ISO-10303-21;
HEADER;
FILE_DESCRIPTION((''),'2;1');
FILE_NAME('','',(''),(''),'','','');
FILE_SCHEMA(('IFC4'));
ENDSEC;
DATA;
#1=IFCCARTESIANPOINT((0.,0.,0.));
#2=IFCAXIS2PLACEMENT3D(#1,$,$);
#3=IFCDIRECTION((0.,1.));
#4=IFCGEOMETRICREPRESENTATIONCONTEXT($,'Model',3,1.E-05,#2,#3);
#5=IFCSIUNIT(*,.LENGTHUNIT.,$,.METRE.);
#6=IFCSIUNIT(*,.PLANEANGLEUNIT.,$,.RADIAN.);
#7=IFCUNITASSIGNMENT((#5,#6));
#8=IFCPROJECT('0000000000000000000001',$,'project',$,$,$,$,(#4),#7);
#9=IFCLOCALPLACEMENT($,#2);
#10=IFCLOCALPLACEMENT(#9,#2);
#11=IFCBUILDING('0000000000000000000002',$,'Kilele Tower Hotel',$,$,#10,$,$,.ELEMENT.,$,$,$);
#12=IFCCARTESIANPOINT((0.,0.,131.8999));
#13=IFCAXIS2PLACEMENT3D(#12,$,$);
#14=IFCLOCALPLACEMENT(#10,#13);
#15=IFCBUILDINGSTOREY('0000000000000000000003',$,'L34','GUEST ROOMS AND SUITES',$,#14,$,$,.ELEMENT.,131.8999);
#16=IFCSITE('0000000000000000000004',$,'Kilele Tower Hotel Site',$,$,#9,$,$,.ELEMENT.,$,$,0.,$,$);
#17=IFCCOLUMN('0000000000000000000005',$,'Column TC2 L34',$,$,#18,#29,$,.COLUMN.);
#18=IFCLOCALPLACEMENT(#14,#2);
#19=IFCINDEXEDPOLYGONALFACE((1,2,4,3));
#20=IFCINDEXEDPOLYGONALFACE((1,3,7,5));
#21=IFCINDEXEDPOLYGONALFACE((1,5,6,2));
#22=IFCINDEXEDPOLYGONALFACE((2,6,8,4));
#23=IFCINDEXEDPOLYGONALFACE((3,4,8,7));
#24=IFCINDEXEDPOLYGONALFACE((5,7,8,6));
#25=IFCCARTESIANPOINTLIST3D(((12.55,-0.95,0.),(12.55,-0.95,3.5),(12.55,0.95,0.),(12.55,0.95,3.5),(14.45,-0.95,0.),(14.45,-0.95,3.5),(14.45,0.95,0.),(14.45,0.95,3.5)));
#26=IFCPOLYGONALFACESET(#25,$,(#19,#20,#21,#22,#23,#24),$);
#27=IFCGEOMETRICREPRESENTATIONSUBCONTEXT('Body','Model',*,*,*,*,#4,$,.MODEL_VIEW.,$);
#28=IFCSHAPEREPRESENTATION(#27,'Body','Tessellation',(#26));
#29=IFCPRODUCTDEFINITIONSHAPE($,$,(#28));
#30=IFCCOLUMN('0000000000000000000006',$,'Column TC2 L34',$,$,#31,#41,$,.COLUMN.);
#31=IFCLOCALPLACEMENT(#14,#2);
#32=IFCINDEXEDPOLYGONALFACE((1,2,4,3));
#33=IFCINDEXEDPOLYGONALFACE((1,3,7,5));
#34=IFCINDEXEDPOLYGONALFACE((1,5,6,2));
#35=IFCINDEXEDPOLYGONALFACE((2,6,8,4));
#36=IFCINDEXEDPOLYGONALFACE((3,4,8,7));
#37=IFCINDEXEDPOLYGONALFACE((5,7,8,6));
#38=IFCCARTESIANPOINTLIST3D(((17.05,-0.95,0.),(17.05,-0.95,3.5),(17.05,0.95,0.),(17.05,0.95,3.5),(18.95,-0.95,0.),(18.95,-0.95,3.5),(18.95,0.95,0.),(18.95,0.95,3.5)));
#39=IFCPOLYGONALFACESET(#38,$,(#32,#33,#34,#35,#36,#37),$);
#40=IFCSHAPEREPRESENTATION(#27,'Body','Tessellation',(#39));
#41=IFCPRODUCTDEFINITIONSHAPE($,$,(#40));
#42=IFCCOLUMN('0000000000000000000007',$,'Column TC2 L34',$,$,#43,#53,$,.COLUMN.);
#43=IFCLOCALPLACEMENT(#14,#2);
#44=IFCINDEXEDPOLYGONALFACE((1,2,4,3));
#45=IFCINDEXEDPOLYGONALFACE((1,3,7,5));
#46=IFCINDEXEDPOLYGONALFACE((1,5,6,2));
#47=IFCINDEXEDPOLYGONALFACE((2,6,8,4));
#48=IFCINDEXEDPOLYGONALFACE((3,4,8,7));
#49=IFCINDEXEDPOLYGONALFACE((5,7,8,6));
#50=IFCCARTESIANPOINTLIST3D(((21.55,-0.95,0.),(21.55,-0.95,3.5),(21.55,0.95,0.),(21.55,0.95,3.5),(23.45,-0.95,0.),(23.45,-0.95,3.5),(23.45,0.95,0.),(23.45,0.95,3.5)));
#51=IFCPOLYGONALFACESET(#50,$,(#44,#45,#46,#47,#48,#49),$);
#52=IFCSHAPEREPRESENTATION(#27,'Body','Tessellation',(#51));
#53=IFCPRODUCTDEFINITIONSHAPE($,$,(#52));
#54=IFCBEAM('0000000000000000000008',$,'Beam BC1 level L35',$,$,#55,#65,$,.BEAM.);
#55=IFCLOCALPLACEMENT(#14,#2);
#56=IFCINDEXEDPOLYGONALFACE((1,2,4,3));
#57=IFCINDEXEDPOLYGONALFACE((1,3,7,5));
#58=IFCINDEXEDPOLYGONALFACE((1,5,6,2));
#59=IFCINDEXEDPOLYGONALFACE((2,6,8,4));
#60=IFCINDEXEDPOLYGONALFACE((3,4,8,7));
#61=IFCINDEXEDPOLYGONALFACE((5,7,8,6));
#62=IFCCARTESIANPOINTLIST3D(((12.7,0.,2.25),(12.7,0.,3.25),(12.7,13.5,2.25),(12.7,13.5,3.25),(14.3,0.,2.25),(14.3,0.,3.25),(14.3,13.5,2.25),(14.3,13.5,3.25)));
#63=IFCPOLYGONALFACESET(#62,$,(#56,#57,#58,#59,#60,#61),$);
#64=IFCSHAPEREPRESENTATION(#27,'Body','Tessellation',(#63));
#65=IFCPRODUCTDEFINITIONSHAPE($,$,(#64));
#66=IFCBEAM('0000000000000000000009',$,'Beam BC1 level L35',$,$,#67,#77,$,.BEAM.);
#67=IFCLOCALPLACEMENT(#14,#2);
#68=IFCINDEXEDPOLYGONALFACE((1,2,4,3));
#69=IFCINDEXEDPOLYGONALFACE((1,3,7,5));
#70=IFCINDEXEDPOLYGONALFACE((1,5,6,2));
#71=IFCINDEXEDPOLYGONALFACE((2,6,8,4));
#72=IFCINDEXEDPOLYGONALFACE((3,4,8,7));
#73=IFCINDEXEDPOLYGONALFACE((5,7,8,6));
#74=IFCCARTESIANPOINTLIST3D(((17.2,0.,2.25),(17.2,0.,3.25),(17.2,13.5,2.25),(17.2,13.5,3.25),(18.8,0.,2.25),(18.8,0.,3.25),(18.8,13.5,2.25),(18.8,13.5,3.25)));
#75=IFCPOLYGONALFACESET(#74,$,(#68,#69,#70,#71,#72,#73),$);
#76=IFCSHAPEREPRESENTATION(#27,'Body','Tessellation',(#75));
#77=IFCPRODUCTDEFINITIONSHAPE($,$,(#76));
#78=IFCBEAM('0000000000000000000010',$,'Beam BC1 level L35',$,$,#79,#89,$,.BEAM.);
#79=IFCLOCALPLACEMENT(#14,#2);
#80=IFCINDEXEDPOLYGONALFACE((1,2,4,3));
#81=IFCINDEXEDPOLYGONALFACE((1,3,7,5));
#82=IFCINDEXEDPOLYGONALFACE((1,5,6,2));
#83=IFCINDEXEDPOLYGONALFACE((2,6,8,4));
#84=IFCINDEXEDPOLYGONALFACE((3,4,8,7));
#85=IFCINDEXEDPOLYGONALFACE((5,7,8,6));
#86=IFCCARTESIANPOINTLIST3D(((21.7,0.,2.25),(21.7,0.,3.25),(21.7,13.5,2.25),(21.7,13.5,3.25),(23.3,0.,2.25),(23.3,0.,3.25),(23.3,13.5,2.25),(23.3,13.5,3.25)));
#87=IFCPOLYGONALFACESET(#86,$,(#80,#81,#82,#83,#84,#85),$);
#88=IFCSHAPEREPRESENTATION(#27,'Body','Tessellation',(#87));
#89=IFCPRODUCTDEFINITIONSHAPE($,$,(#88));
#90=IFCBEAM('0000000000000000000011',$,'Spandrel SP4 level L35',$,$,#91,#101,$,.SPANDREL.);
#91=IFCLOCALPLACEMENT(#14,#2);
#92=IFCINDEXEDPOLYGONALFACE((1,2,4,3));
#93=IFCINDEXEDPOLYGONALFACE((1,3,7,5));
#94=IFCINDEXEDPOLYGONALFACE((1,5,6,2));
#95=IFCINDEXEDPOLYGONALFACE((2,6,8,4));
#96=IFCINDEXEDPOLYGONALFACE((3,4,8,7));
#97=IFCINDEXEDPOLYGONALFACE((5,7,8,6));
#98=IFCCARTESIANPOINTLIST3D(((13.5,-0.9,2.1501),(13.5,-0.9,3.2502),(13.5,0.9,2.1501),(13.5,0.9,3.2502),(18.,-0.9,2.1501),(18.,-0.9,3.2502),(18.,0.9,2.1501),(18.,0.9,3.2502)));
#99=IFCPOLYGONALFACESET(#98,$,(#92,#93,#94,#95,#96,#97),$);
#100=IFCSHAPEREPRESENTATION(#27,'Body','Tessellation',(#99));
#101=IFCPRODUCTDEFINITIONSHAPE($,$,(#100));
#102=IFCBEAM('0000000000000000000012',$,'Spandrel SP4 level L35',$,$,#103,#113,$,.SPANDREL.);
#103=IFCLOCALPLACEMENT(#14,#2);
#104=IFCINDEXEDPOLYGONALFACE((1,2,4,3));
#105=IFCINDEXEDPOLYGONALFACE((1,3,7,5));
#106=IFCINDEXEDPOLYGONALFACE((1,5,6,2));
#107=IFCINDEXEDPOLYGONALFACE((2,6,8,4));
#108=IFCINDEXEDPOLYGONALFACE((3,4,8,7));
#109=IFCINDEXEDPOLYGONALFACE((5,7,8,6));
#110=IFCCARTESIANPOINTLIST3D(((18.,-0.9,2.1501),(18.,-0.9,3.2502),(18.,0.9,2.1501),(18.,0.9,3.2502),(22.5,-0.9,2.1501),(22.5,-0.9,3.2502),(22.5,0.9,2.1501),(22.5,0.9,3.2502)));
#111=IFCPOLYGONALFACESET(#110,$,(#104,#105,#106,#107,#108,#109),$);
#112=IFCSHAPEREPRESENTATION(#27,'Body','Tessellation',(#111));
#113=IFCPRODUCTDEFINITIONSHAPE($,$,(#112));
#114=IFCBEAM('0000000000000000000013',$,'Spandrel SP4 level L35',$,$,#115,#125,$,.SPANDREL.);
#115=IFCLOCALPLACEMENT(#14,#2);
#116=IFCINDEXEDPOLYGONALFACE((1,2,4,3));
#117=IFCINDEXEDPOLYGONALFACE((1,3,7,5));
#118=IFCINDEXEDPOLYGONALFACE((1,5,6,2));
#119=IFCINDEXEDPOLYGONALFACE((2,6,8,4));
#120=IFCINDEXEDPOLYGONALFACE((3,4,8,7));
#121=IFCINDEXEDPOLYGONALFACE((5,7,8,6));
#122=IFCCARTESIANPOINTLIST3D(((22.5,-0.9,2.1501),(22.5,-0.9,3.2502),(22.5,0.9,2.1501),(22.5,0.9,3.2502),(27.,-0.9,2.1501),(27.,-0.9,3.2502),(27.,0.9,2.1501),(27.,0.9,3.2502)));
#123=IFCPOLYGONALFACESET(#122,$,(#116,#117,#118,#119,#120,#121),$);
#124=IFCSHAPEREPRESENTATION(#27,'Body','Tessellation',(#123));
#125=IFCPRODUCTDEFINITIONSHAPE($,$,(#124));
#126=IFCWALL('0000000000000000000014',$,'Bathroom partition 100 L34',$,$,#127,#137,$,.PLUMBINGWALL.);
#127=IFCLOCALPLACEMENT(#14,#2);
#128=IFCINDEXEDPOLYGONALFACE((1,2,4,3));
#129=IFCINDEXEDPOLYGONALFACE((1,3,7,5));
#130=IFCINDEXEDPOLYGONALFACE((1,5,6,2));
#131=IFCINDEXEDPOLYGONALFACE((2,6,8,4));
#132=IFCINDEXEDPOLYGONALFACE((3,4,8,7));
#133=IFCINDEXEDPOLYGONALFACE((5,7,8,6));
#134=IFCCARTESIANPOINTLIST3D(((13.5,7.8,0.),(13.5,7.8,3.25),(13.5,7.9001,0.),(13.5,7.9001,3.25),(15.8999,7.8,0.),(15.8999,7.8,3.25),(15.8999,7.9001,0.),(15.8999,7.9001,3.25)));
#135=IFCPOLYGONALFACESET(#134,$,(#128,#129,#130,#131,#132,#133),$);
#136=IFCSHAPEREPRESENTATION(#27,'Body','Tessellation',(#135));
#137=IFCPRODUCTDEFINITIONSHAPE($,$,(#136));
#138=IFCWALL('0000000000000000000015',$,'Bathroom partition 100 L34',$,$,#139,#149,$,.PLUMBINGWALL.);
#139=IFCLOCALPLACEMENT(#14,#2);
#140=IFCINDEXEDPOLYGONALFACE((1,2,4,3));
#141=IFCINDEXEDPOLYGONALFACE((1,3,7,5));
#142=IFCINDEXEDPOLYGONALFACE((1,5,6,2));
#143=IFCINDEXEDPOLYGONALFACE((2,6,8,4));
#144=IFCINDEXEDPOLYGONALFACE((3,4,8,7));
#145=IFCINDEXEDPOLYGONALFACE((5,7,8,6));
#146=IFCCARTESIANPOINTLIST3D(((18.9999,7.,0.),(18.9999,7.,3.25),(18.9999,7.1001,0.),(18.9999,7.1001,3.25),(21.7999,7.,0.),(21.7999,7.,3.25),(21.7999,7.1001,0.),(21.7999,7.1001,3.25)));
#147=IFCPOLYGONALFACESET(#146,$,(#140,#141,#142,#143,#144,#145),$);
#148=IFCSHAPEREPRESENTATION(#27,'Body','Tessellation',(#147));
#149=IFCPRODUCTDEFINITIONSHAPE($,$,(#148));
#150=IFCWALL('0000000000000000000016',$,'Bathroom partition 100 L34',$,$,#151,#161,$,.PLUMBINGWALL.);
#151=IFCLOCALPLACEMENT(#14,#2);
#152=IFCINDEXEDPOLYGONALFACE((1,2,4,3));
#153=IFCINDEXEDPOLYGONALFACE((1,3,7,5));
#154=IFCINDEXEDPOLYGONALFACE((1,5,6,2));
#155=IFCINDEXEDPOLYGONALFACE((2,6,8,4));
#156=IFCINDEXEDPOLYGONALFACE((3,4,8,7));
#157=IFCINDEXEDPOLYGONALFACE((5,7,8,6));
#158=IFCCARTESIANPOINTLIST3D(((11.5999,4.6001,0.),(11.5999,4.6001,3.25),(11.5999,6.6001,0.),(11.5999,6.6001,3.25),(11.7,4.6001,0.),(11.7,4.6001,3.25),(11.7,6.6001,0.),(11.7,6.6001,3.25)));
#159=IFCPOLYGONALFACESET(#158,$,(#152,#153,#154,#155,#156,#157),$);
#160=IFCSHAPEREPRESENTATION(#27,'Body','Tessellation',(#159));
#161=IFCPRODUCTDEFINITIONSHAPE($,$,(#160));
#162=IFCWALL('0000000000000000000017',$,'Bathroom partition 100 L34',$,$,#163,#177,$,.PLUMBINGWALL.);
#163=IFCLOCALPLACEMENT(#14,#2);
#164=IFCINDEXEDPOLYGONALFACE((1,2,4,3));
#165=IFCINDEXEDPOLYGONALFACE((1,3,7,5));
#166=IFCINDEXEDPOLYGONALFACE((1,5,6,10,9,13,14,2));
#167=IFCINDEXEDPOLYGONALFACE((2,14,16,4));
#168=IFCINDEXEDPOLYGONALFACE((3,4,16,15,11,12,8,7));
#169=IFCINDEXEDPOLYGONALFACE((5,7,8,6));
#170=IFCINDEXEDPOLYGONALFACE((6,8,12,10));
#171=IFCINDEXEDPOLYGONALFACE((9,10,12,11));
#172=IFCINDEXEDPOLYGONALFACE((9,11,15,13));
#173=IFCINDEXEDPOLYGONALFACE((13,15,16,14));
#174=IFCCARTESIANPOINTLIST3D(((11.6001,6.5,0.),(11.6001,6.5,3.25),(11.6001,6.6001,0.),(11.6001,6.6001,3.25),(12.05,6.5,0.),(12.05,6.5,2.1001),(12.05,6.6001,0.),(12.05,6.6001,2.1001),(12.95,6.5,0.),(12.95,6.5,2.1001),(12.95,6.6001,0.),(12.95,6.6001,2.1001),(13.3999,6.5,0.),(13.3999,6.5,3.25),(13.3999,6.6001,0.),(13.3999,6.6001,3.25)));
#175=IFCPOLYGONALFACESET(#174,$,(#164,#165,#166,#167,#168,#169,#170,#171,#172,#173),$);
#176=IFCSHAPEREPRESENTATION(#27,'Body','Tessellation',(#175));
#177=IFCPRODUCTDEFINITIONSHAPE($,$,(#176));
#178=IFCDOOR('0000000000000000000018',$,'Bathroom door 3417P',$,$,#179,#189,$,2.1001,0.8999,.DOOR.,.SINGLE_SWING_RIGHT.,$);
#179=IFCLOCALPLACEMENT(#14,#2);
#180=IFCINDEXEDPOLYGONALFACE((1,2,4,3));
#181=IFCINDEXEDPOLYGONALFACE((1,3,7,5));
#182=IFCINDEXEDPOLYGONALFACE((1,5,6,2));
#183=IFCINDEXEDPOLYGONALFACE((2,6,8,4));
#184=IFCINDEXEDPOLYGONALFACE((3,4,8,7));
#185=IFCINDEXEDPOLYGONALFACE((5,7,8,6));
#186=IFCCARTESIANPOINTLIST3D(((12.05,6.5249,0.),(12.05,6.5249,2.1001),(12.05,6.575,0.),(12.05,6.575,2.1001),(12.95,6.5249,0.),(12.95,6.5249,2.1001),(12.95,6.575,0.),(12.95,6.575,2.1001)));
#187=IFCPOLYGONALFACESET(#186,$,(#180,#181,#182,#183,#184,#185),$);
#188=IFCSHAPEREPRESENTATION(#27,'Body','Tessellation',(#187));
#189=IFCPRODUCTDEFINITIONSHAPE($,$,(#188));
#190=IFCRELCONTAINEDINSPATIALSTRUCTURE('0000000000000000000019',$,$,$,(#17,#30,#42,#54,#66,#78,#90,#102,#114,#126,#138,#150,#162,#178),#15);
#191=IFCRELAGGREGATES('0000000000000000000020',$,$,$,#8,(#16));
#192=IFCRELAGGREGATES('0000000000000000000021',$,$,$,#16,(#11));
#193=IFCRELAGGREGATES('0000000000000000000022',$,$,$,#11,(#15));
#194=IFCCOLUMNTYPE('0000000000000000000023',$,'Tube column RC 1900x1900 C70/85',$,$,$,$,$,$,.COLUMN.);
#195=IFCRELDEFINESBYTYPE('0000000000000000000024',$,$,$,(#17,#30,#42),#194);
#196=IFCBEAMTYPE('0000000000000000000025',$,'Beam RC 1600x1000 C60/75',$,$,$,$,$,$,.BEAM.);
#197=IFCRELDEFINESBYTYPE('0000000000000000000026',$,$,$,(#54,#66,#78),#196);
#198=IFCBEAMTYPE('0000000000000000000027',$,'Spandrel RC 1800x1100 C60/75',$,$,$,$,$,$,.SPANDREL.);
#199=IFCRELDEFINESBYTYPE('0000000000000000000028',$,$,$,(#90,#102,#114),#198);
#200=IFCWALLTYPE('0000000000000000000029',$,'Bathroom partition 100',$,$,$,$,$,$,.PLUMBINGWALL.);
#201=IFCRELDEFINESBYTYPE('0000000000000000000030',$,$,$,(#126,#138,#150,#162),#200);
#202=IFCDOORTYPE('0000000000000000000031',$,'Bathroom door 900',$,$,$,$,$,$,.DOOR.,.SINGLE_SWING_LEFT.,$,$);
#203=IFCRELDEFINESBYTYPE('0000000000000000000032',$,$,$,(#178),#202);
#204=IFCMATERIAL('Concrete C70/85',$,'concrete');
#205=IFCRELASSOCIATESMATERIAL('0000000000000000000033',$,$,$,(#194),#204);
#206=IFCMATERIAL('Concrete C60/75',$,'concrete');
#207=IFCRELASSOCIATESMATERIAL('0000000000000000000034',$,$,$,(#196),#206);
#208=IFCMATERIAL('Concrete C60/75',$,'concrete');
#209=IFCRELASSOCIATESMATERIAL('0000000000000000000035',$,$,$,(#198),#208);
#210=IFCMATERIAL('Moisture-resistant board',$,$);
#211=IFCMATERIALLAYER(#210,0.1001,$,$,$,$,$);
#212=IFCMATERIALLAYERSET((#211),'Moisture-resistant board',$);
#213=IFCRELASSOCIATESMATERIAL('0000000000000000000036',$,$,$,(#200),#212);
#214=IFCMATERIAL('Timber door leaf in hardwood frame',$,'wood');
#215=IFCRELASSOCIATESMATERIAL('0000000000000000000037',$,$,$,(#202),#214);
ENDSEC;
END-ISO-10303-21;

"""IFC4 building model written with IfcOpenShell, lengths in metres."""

from ifc_helpers import new_model, si_unit, direction, frame, frame_2d, origin, origin_2d, place, context, subcontext, project, spatial, rectangle, extrude, material, layer, layer_set, material_profile, profile_set, type_object, element, fill, save


model = new_model("IFC4")

# Units and contexts
model_context = context("Model", 3, precision=1e-05, world=origin(), true_north=direction((0.0, 1.0)))
body_context = subcontext(model_context, "Body", "Model", "MODEL_VIEW")
ifc_project = project(units=[si_unit("LENGTHUNIT", "METRE"), si_unit("PLANEANGLEUNIT", "RADIAN")], contexts=[model_context])

# Site, building, storey
site_placement = place(None, origin())
site = spatial("IfcSite", under=ifc_project, at=site_placement, Name="Kilele Tower Hotel Site", CompositionType="ELEMENT", RefElevation=0.0)
building_placement = place(site_placement, origin())
building = spatial("IfcBuilding", under=site, at=building_placement, Name="Kilele Tower Hotel", CompositionType="ELEMENT")
storey_placement = place(building_placement, frame((0.0, 0.0, 131.8999)))
storey = spatial("IfcBuildingStorey", under=building, at=storey_placement, Name="L34", Description="GUEST ROOMS AND SUITES", CompositionType="ELEMENT", Elevation=131.8999)

# Columns
ifc_material_1 = material(Name="Concrete C70/85", Category="concrete")
ifc_material_profile_1 = material_profile(ifc_material_1, rectangle(XDim=1.8999, YDim=1.8999, at=origin_2d()))
ifc_profile_set_1 = profile_set([ifc_material_profile_1], Name="Concrete C70/85")
column_type = type_object("IfcColumnType", Name="Tube column RC 1900x1900 C70/85", PredefinedType="COLUMN", material=ifc_profile_set_1)
for number, where, z_axis, x_axis, name in (
    (1, (13.5, 0.0, 0.0), (0.0, 0.0, 1.0), (1.0, 0.0, 0.0), "Column TC2 L34"),
    (2, (18.0, 0.0, 0.0), (0.0, 0.0, 1.0), (1.0, 0.0, 0.0), "Column TC2 L34"),
    (3, (22.5, 0.0, 0.0), (0.0, 0.0, 1.0), (1.0, 0.0, 0.0), "Column TC2 L34"),
):
    element("IfcColumn", number, at=place(storey_placement, frame(where, z_axis=z_axis, x_axis=x_axis)), inside=storey, type_object=column_type, Name=name, PredefinedType="COLUMN", context=body_context, shape_type="SweptSolid", body=[
        extrude(rectangle(XDim=1.8999, YDim=1.8999, at=origin_2d()), origin(), (0.0, 0.0, 1.0), 3.5),
    ])

# Beams
ifc_material_2 = material(Name="Concrete C60/75", Category="concrete")
ifc_material_profile_2 = material_profile(ifc_material_2, rectangle(XDim=1.6001, YDim=1.0, at=origin_2d()))
ifc_profile_set_2 = profile_set([ifc_material_profile_2], Name="Concrete C60/75")
beam_type_1 = type_object("IfcBeamType", Name="Beam RC 1600x1000 C60/75", PredefinedType="BEAM", material=ifc_profile_set_2)
for number, where, z_axis, x_axis, name in (
    (4, (13.5, 0.0, 2.75), (0.0, 1.0, 0.0), (-1.0, 0.0, 0.0), "Beam BC1 level L35"),
    (5, (18.0, 0.0, 2.75), (0.0, 1.0, 0.0), (-1.0, 0.0, 0.0), "Beam BC1 level L35"),
    (6, (22.5, 0.0, 2.75), (0.0, 1.0, 0.0), (-1.0, 0.0, 0.0), "Beam BC1 level L35"),
):
    element("IfcBeam", number, at=place(storey_placement, frame(where, z_axis=z_axis, x_axis=x_axis)), inside=storey, type_object=beam_type_1, Name=name, PredefinedType="BEAM", context=body_context, shape_type="SweptSolid", body=[
        extrude(rectangle(XDim=1.6001, YDim=1.0, at=origin_2d()), origin(), (0.0, 0.0, 1.0), 13.5),
    ])
ifc_material_3 = material(Name="Concrete C60/75", Category="concrete")
ifc_material_profile_3 = material_profile(ifc_material_3, rectangle(XDim=1.8, YDim=1.1001, at=origin_2d()))
ifc_profile_set_3 = profile_set([ifc_material_profile_3], Name="Concrete C60/75")
beam_type_2 = type_object("IfcBeamType", Name="Spandrel RC 1800x1100 C60/75", PredefinedType="SPANDREL", material=ifc_profile_set_3)
for number, where, z_axis, x_axis, name in (
    (7, (13.5, 0.0, 2.7002), (1.0, 0.0, 0.0), (0.0, 1.0, 0.0), "Spandrel SP4 level L35"),
    (8, (18.0, 0.0, 2.7002), (1.0, 0.0, 0.0), (0.0, 1.0, 0.0), "Spandrel SP4 level L35"),
    (9, (22.5, 0.0, 2.7002), (1.0, 0.0, 0.0), (0.0, 1.0, 0.0), "Spandrel SP4 level L35"),
):
    element("IfcBeam", number, at=place(storey_placement, frame(where, z_axis=z_axis, x_axis=x_axis)), inside=storey, type_object=beam_type_2, Name=name, PredefinedType="SPANDREL", context=body_context, shape_type="SweptSolid", body=[
        extrude(rectangle(XDim=1.8, YDim=1.1001, at=origin_2d()), origin(), (0.0, 0.0, 1.0), 4.5),
    ])

# Walls
ifc_material_4 = material(Name="Moisture-resistant board")
ifc_layer_1 = layer(ifc_material_4, 0.1001)
ifc_layer_set_1 = layer_set([ifc_layer_1], Name="Moisture-resistant board")
wall_type_1 = type_object("IfcWallType", Name="Bathroom partition 100", PredefinedType="PLUMBINGWALL", material=ifc_layer_set_1)
wall_1_placement = place(storey_placement, frame((13.5, 7.8501, 0.0), z_axis=(0.0, 0.0, 1.0), x_axis=(1.0, 0.0, 0.0)))
element("IfcWall", 10, at=wall_1_placement, inside=storey, type_object=wall_type_1, Name="Bathroom partition 100 L34", PredefinedType="PLUMBINGWALL", context=body_context, shape_type="SweptSolid", body=[
    extrude(rectangle(XDim=2.3999, YDim=0.1001, at=frame_2d((1.2, 0.0))), origin(), (0.0, 0.0, 1.0), 3.25),
])
wall_2_placement = place(storey_placement, frame((19.0, 7.05, 0.0), z_axis=(0.0, 0.0, 1.0), x_axis=(1.0, 0.0, 0.0)))
element("IfcWall", 11, at=wall_2_placement, inside=storey, type_object=wall_type_1, Name="Bathroom partition 100 L34", PredefinedType="PLUMBINGWALL", context=body_context, shape_type="SweptSolid", body=[
    extrude(rectangle(XDim=2.8, YDim=0.1001, at=frame_2d((1.3999, 0.0))), origin(), (0.0, 0.0, 1.0), 3.25),
])
wall_3_placement = place(storey_placement, frame((11.6499, 4.6001, 0.0), z_axis=(0.0, 0.0, 1.0), x_axis=(0.0, 1.0, 0.0)))
element("IfcWall", 12, at=wall_3_placement, inside=storey, type_object=wall_type_1, Name="Bathroom partition 100 L34", PredefinedType="PLUMBINGWALL", context=body_context, shape_type="SweptSolid", body=[
    extrude(rectangle(XDim=2.0, YDim=0.1001, at=frame_2d((1.0, 0.0))), origin(), (0.0, 0.0, 1.0), 3.25),
])

# Wall, opening, door
wall_4_placement = place(storey_placement, frame((13.3999, 6.55, 0.0), z_axis=(0.0, 0.0, 1.0), x_axis=(-1.0, 0.0, 0.0)))
wall_4 = element("IfcWall", 13, at=wall_4_placement, inside=storey, type_object=wall_type_1, Name="Bathroom partition 100 L34", PredefinedType="PLUMBINGWALL", context=body_context, shape_type="SweptSolid", body=[
    extrude(rectangle(XDim=1.7998, YDim=0.1001, at=frame_2d((0.8999, 0.0))), origin(), (0.0, 0.0, 1.0), 3.25),
])
opening_1_placement = place(wall_4_placement, frame((1.3499, 0.0, 0.0), z_axis=(0.0, 0.0, 1.0), x_axis=(-1.0, 0.0, 0.0)))
opening_1 = element("IfcOpeningElement", 14, at=opening_1_placement, cuts=wall_4, PredefinedType="OPENING", context=body_context, shape_type="SweptSolid", body=[
    extrude(rectangle(XDim=0.8999, YDim=2.1001, at=frame_2d((0.45, 1.05))), frame((0.0, 0.0601, 0.0), z_axis=(0.0, -1.0, 0.0), x_axis=(1.0, 0.0, 0.0)), (0.0, 0.0, 1.0), 0.1201),
])
ifc_material_5 = material(Name="Timber door leaf in hardwood frame", Category="wood")
door_type_1 = type_object("IfcDoorType", Name="Bathroom door 900", OperationType="SINGLE_SWING_LEFT", PredefinedType="DOOR", material=ifc_material_5)
door_1_placement = place(opening_1_placement, origin())
door_1 = element("IfcDoor", 15, at=door_1_placement, inside=storey, type_object=door_type_1, Name="Bathroom door 3417P", OperationType="SINGLE_SWING_RIGHT", OverallHeight=2.1001, OverallWidth=0.8999, PredefinedType="DOOR", context=body_context, shape_type="SweptSolid", body=[
    extrude(rectangle(XDim=0.8999, YDim=2.1001, at=frame_2d((0.45, 1.05))), frame((0.0, 0.0249, 0.0), z_axis=(0.0, -1.0, 0.0), x_axis=(1.0, 0.0, 0.0)), (0.0, 0.0, 1.0), 0.05),
])
fill(opening_1, door_1)

save(model, "model.ifc")
